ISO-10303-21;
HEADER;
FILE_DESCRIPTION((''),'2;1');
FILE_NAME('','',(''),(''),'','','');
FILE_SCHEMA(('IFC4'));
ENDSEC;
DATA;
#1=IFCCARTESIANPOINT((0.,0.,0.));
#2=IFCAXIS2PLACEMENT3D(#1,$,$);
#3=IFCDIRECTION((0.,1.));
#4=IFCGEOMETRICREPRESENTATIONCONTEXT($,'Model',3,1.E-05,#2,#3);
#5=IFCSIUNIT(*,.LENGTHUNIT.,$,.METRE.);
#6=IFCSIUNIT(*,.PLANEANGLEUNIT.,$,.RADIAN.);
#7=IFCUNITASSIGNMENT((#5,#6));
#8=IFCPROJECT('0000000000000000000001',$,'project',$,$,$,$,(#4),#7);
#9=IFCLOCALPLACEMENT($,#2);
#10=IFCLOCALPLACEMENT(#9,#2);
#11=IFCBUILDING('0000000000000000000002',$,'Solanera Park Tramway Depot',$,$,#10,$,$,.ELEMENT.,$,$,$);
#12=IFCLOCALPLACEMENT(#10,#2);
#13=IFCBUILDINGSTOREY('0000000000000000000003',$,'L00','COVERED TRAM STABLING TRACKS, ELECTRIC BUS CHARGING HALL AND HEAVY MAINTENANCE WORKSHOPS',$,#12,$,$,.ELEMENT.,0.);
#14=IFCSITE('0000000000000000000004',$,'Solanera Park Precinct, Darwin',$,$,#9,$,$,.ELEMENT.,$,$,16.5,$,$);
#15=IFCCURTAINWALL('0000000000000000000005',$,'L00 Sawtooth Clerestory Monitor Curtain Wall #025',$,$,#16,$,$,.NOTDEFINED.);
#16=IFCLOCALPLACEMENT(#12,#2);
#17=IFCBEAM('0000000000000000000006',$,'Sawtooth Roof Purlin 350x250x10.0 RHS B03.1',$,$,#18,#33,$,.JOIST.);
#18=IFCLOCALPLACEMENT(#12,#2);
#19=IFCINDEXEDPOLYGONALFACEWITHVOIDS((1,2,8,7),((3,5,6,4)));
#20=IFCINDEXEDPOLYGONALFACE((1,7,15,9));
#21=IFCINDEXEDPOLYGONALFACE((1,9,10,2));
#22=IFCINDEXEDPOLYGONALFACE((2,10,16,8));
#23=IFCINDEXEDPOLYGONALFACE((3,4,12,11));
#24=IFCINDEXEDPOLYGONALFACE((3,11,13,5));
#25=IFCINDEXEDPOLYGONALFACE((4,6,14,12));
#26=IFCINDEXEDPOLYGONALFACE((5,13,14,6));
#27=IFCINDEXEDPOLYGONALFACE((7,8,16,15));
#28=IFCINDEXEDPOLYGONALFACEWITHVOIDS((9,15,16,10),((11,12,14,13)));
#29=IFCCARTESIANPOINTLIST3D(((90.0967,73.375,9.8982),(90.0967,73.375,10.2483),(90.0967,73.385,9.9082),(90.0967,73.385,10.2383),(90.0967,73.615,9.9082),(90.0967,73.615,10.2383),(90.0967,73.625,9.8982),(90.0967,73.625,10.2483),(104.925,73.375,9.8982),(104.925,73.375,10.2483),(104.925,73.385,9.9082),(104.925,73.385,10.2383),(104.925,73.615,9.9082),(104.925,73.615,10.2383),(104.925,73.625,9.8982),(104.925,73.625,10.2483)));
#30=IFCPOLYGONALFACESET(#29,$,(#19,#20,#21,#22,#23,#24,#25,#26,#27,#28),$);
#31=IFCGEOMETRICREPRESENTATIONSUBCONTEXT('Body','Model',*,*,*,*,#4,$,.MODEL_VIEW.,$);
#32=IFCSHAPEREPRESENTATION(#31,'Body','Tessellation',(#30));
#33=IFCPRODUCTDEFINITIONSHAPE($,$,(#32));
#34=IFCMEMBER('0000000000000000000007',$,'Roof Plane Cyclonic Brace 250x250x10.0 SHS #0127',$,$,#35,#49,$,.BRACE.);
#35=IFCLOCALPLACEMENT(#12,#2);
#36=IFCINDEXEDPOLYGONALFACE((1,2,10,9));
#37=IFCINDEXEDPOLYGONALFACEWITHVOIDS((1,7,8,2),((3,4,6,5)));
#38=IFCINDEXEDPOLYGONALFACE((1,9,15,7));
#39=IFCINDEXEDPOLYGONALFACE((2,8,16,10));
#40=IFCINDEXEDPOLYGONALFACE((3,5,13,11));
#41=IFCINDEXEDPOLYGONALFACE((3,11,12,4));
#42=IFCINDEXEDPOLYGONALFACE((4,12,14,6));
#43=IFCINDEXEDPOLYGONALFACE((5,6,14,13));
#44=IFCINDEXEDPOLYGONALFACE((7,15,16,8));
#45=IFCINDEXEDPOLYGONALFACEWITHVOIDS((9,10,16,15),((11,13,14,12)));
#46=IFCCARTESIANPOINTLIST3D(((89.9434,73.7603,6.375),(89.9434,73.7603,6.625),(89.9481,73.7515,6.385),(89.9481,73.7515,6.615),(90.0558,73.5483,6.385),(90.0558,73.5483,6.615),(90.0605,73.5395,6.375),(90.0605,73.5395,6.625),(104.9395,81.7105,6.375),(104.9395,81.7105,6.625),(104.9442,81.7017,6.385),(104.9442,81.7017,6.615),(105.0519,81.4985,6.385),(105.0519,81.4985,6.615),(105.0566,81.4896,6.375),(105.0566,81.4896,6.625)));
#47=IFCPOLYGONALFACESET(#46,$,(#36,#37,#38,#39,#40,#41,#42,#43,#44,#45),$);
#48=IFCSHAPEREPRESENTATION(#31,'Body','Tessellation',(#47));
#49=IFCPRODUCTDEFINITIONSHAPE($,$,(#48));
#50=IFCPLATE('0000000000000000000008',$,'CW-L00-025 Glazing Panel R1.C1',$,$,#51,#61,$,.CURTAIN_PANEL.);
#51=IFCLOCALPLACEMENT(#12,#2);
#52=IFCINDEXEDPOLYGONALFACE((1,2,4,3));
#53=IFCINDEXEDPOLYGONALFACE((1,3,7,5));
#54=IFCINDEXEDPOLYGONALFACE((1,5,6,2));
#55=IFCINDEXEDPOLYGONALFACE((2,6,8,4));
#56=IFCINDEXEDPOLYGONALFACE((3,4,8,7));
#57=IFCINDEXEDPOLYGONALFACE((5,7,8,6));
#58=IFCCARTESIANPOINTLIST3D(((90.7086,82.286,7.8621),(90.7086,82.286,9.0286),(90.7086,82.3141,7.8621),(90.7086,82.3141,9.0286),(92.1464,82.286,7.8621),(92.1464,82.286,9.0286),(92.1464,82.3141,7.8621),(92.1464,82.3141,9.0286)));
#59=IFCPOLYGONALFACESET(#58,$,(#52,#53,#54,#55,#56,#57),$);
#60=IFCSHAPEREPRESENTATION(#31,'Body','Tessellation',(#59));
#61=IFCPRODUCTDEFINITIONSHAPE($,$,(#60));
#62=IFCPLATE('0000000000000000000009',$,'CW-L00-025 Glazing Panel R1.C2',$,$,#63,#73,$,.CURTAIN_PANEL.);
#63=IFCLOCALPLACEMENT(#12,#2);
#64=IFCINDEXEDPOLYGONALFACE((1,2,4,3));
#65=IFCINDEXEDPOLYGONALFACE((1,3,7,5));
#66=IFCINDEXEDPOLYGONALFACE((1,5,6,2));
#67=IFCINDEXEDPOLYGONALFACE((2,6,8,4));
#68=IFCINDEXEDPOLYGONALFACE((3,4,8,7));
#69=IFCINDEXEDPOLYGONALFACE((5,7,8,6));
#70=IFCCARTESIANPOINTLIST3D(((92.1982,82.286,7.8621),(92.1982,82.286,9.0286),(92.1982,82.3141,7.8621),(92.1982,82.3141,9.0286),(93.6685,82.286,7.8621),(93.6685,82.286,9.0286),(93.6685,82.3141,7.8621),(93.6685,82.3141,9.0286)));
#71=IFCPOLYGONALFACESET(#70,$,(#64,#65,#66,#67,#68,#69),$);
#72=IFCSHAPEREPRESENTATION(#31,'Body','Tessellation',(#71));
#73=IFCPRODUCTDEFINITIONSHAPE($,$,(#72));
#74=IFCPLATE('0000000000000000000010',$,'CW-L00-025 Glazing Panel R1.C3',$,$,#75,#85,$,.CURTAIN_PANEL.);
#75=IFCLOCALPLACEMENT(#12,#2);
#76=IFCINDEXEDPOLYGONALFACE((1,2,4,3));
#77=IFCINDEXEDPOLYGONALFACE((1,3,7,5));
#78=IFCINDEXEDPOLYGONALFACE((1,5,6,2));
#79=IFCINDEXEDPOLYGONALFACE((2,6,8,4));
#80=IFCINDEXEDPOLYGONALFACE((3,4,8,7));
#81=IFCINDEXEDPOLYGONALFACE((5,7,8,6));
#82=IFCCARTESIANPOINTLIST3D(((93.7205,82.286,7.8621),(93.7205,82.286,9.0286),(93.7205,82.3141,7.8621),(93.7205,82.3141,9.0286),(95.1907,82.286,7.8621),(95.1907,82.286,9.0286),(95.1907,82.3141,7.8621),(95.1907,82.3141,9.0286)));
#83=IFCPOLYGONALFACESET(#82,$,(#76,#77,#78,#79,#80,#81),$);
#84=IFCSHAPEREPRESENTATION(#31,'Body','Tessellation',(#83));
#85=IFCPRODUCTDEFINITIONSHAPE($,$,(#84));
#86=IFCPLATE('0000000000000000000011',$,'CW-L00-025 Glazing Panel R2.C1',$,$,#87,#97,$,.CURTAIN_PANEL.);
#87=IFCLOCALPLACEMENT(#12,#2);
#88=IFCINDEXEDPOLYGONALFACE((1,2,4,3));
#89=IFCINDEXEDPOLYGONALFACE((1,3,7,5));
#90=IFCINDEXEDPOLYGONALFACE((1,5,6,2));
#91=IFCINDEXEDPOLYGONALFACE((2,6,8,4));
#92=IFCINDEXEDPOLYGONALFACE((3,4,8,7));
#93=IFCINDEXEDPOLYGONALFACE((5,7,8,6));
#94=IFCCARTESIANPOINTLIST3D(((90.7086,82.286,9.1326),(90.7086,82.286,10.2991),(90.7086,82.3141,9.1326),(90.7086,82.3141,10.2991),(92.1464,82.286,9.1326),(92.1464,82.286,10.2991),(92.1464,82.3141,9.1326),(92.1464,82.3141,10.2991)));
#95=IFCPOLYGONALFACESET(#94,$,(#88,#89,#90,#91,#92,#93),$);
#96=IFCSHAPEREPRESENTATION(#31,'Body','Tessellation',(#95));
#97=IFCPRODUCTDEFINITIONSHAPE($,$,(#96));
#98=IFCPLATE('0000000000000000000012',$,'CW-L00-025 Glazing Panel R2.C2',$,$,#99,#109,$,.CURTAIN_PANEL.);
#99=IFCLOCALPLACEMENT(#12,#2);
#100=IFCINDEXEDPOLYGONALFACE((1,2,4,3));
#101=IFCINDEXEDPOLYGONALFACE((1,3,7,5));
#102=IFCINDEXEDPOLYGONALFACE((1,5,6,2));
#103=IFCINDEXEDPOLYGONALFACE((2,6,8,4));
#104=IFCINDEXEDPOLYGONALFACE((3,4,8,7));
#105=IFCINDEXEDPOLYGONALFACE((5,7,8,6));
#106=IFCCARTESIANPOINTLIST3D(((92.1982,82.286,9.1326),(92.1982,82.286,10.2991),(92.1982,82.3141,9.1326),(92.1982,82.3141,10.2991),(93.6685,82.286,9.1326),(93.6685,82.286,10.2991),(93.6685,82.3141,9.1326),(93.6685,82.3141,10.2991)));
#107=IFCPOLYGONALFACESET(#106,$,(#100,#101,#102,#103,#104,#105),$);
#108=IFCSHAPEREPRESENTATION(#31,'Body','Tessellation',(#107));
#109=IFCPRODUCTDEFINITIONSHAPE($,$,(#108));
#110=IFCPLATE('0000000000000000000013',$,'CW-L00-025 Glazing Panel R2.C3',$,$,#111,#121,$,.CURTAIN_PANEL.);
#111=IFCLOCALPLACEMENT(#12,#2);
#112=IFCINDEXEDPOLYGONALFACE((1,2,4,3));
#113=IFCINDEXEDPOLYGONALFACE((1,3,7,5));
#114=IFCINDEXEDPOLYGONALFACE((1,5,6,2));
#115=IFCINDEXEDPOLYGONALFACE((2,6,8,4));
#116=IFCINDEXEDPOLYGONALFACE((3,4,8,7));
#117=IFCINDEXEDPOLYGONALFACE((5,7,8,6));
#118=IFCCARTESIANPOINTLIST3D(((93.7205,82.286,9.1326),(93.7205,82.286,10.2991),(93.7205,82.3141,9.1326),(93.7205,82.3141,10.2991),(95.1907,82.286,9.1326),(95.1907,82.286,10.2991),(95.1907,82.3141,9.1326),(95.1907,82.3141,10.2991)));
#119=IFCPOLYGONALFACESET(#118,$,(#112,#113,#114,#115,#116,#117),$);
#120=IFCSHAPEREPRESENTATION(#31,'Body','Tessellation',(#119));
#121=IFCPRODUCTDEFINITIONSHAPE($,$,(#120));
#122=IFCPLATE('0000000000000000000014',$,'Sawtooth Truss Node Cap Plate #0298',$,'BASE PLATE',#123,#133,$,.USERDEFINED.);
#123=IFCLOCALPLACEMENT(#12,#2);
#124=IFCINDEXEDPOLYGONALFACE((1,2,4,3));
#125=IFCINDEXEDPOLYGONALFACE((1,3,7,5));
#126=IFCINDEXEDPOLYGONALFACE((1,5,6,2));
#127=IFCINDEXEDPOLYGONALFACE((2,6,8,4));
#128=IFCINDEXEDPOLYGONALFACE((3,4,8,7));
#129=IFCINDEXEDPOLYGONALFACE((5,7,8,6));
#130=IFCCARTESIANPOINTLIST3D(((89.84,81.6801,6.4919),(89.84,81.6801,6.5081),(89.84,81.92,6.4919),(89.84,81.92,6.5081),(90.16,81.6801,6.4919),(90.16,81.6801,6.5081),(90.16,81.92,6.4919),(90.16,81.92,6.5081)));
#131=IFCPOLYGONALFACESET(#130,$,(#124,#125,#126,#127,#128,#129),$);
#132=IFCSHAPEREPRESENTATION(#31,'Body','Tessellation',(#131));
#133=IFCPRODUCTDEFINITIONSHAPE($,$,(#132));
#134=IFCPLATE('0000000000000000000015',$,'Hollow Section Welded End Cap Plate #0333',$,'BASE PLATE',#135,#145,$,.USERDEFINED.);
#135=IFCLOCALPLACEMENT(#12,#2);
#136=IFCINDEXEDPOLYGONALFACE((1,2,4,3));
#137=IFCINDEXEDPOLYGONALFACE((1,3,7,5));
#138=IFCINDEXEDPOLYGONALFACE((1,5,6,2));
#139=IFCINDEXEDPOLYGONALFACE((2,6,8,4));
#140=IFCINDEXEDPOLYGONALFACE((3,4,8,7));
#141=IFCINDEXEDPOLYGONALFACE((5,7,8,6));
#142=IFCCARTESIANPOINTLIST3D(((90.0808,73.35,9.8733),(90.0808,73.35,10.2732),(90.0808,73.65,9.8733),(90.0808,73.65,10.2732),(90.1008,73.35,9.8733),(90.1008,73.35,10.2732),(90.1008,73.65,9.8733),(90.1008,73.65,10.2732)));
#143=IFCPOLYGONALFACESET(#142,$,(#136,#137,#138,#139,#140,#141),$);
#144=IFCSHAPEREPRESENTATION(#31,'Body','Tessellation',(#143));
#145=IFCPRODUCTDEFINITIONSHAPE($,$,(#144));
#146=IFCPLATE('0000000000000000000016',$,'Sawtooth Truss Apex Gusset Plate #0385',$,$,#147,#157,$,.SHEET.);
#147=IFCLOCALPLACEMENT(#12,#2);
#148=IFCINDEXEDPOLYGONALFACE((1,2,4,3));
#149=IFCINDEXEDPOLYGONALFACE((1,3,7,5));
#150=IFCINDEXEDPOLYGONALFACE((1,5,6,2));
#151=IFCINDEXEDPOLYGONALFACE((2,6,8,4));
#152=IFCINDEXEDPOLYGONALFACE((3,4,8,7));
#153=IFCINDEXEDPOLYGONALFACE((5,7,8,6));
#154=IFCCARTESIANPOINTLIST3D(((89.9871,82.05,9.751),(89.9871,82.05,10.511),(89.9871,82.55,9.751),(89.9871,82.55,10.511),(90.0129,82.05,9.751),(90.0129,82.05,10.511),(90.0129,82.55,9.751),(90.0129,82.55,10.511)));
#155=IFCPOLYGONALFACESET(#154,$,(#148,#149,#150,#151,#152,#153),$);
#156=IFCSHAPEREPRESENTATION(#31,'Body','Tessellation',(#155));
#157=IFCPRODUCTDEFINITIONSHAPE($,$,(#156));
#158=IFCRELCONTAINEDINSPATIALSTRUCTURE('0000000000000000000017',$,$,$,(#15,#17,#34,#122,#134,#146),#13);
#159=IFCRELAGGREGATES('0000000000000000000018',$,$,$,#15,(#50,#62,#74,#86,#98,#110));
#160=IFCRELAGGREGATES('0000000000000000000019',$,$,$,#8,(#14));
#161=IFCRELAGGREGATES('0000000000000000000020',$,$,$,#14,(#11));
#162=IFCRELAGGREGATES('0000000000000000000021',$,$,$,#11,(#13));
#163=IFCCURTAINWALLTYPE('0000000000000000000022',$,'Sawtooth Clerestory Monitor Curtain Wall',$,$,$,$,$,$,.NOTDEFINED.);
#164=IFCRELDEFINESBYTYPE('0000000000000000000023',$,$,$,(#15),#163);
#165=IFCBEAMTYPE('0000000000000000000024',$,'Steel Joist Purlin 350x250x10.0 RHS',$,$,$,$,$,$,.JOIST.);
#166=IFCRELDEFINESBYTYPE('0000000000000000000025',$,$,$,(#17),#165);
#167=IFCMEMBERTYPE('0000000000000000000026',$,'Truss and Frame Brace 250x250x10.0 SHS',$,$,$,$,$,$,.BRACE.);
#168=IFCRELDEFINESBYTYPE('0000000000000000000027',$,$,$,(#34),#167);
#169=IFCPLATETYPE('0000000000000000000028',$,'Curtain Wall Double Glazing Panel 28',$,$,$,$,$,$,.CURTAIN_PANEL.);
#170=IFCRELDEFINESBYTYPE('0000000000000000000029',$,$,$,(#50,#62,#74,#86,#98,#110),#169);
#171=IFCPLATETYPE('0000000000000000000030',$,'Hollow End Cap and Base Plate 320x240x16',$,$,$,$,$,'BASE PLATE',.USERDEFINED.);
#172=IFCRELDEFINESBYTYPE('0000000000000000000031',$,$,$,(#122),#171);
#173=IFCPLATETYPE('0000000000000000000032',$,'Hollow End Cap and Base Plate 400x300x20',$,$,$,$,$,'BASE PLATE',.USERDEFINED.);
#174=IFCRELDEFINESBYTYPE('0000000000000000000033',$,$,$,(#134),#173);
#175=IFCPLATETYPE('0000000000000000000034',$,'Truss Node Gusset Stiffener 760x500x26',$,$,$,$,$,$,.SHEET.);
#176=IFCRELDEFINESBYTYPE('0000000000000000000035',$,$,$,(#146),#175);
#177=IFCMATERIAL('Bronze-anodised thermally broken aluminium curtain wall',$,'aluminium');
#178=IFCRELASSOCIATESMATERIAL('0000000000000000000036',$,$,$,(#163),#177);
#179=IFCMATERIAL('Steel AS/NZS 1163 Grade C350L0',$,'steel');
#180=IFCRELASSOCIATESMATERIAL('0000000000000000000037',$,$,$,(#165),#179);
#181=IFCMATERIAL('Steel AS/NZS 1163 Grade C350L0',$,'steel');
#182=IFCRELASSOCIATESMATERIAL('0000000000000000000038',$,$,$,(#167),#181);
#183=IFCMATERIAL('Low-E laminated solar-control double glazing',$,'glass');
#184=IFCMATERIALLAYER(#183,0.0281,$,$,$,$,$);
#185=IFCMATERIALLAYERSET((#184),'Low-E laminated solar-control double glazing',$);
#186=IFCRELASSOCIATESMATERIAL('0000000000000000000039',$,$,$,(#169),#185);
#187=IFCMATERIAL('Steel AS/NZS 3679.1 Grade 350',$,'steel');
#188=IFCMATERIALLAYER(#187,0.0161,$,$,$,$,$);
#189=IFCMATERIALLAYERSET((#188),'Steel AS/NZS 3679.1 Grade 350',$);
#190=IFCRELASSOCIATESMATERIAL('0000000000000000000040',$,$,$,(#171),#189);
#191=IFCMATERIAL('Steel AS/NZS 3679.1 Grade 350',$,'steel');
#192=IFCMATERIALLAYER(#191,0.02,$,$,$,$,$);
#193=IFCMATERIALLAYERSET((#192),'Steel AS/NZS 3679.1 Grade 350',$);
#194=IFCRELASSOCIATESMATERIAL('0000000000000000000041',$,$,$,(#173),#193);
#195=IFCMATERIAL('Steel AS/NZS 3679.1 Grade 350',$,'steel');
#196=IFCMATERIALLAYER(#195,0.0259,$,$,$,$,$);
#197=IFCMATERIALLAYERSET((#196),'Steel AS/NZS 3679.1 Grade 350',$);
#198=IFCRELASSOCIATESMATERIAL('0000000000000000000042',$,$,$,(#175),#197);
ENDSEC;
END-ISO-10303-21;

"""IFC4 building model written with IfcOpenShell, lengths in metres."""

from ifc_helpers import new_model, si_unit, direction, frame, origin, origin_2d, place, context, subcontext, project, spatial, rectangle, hollow_rectangle, extrude, material, layer, layer_set, material_profile, profile_set, type_object, element, aggregate, save


model = new_model("IFC4")

# Units and contexts
model_context = context("Model", 3, precision=1e-05, world=origin(), true_north=direction((0.0, 1.0)))
body_context = subcontext(model_context, "Body", "Model", "MODEL_VIEW")
ifc_project = project(units=[si_unit("LENGTHUNIT", "METRE"), si_unit("PLANEANGLEUNIT", "RADIAN")], contexts=[model_context])

# Site, building, storey
site_placement = place(None, origin())
site = spatial("IfcSite", under=ifc_project, at=site_placement, Name="Solanera Park Precinct, Darwin", CompositionType="ELEMENT", RefElevation=16.5)
building_placement = place(site_placement, origin())
building = spatial("IfcBuilding", under=site, at=building_placement, Name="Solanera Park Tramway Depot", CompositionType="ELEMENT")
storey_placement = place(building_placement, origin())
storey = spatial("IfcBuildingStorey", under=building, at=storey_placement, Name="L00", Description="COVERED TRAM STABLING TRACKS, ELECTRIC BUS CHARGING HALL AND HEAVY MAINTENANCE WORKSHOPS", CompositionType="ELEMENT", Elevation=0.0)

# Curtain wall
ifc_material_1 = material(Name="Bronze-anodised thermally broken aluminium curtain wall", Category="aluminium")
curtain_wall_type = type_object("IfcCurtainWallType", Name="Sawtooth Clerestory Monitor Curtain Wall", PredefinedType="NOTDEFINED", material=ifc_material_1)
curtain_wall_1_placement = place(storey_placement, origin())
curtain_wall_1 = element("IfcCurtainWall", 1, at=curtain_wall_1_placement, inside=storey, type_object=curtain_wall_type, Name="L00 Sawtooth Clerestory Monitor Curtain Wall #025", PredefinedType="NOTDEFINED")

# Beam
ifc_material_2 = material(Name="Steel AS/NZS 1163 Grade C350L0", Category="steel")
ifc_material_profile_1 = material_profile(ifc_material_2, hollow_rectangle(XDim=0.25, YDim=0.3501, WallThickness=0.01, at=origin_2d()), Name="350x250x10.0 RHS")
ifc_profile_set_1 = profile_set([ifc_material_profile_1], Name="Steel AS/NZS 1163 Grade C350L0")
beam_type_1 = type_object("IfcBeamType", Name="Steel Joist Purlin 350x250x10.0 RHS", PredefinedType="JOIST", material=ifc_profile_set_1)
beam_1_placement = place(storey_placement, frame((90.0967, 73.5, 10.0732), z_axis=(1.0, 0.0, 0.0), x_axis=(0.0, 1.0, 0.0)))
element("IfcBeam", 2, at=beam_1_placement, inside=storey, type_object=beam_type_1, Name="Sawtooth Roof Purlin 350x250x10.0 RHS B03.1", PredefinedType="JOIST", context=body_context, shape_type="SweptSolid", body=[
    extrude(hollow_rectangle(XDim=0.25, YDim=0.3501, WallThickness=0.01, at=origin_2d()), origin(), (0.0, 0.0, 1.0), 14.8284),
])

# Member
ifc_material_3 = material(Name="Steel AS/NZS 1163 Grade C350L0", Category="steel")
ifc_material_profile_2 = material_profile(ifc_material_3, hollow_rectangle(XDim=0.25, YDim=0.25, WallThickness=0.01, at=origin_2d()), Name="250x250x10.0 SHS")
ifc_profile_set_2 = profile_set([ifc_material_profile_2], Name="Steel AS/NZS 1163 Grade C350L0")
member_type_1 = type_object("IfcMemberType", Name="Truss and Frame Brace 250x250x10.0 SHS", PredefinedType="BRACE", material=ifc_profile_set_2)
member_1_placement = place(storey_placement, frame((90.002, 73.6499, 6.5), z_axis=(0.883518, 0.468398, 0.0), x_axis=(-0.468398, 0.883518, 0.0)))
element("IfcMember", 3, at=member_1_placement, inside=storey, type_object=member_type_1, Name="Roof Plane Cyclonic Brace 250x250x10.0 SHS #0127", PredefinedType="BRACE", context=body_context, shape_type="SweptSolid", body=[
    extrude(hollow_rectangle(XDim=0.25, YDim=0.25, WallThickness=0.01, at=origin_2d()), origin(), (0.0, 0.0, 1.0), 16.9731),
])

# Plates
ifc_material_4 = material(Name="Low-E laminated solar-control double glazing", Category="glass")
ifc_layer_1 = layer(ifc_material_4, 0.0281)
ifc_layer_set_1 = layer_set([ifc_layer_1], Name="Low-E laminated solar-control double glazing")
plate_type_1 = type_object("IfcPlateType", Name="Curtain Wall Double Glazing Panel 28", PredefinedType="CURTAIN_PANEL", material=ifc_layer_set_1)
plate_1_placement = place(storey_placement, frame((91.4275, 82.3, 7.8621), z_axis=(0.0, 0.0, 1.0), x_axis=(1.0, 0.0, 0.0)))
plate_1 = element("IfcPlate", 4, at=plate_1_placement, type_object=plate_type_1, Name="CW-L00-025 Glazing Panel R1.C1", PredefinedType="CURTAIN_PANEL", context=body_context, shape_type="SweptSolid", body=[
    extrude(rectangle(XDim=1.4377, YDim=0.0281, at=origin_2d()), origin(), (0.0, 0.0, 1.0), 1.1665),
])
plate_2_placement = place(storey_placement, frame((92.9333, 82.3, 7.8621), z_axis=(0.0, 0.0, 1.0), x_axis=(1.0, 0.0, 0.0)))
plate_2 = element("IfcPlate", 5, at=plate_2_placement, type_object=plate_type_1, Name="CW-L00-025 Glazing Panel R1.C2", PredefinedType="CURTAIN_PANEL", context=body_context, shape_type="SweptSolid", body=[
    extrude(rectangle(XDim=1.4702, YDim=0.0281, at=origin_2d()), origin(), (0.0, 0.0, 1.0), 1.1665),
])
plate_3_placement = place(storey_placement, frame((94.4556, 82.3, 7.8621), z_axis=(0.0, 0.0, 1.0), x_axis=(1.0, 0.0, 0.0)))
plate_3 = element("IfcPlate", 6, at=plate_3_placement, type_object=plate_type_1, Name="CW-L00-025 Glazing Panel R1.C3", PredefinedType="CURTAIN_PANEL", context=body_context, shape_type="SweptSolid", body=[
    extrude(rectangle(XDim=1.4702, YDim=0.0281, at=origin_2d()), origin(), (0.0, 0.0, 1.0), 1.1665),
])
plate_4_placement = place(storey_placement, frame((91.4275, 82.3, 9.1326), z_axis=(0.0, 0.0, 1.0), x_axis=(1.0, 0.0, 0.0)))
plate_4 = element("IfcPlate", 7, at=plate_4_placement, type_object=plate_type_1, Name="CW-L00-025 Glazing Panel R2.C1", PredefinedType="CURTAIN_PANEL", context=body_context, shape_type="SweptSolid", body=[
    extrude(rectangle(XDim=1.4377, YDim=0.0281, at=origin_2d()), origin(), (0.0, 0.0, 1.0), 1.1665),
])
plate_5_placement = place(storey_placement, frame((92.9333, 82.3, 9.1326), z_axis=(0.0, 0.0, 1.0), x_axis=(1.0, 0.0, 0.0)))
plate_5 = element("IfcPlate", 8, at=plate_5_placement, type_object=plate_type_1, Name="CW-L00-025 Glazing Panel R2.C2", PredefinedType="CURTAIN_PANEL", context=body_context, shape_type="SweptSolid", body=[
    extrude(rectangle(XDim=1.4702, YDim=0.0281, at=origin_2d()), origin(), (0.0, 0.0, 1.0), 1.1665),
])
plate_6_placement = place(storey_placement, frame((94.4556, 82.3, 9.1326), z_axis=(0.0, 0.0, 1.0), x_axis=(1.0, 0.0, 0.0)))
plate_6 = element("IfcPlate", 9, at=plate_6_placement, type_object=plate_type_1, Name="CW-L00-025 Glazing Panel R2.C3", PredefinedType="CURTAIN_PANEL", context=body_context, shape_type="SweptSolid", body=[
    extrude(rectangle(XDim=1.4702, YDim=0.0281, at=origin_2d()), origin(), (0.0, 0.0, 1.0), 1.1665),
])
aggregate(curtain_wall_1, [plate_1, plate_2, plate_3, plate_4, plate_5, plate_6])

# Plates
ifc_material_5 = material(Name="Steel AS/NZS 3679.1 Grade 350", Category="steel")
ifc_layer_2 = layer(ifc_material_5, 0.0161)
ifc_layer_set_2 = layer_set([ifc_layer_2], Name="Steel AS/NZS 3679.1 Grade 350")
plate_type_2 = type_object("IfcPlateType", Name="Hollow End Cap and Base Plate 320x240x16", ElementType="BASE PLATE", PredefinedType="USERDEFINED", material=ifc_layer_set_2)
plate_7_placement = place(storey_placement, frame((90.0, 81.8, 6.4919), z_axis=(0.0, 0.0, 1.0), x_axis=(1.0, 0.0, 0.0)))
element("IfcPlate", 10, at=plate_7_placement, inside=storey, type_object=plate_type_2, Name="Sawtooth Truss Node Cap Plate #0298", ObjectType="BASE PLATE", PredefinedType="USERDEFINED", context=body_context, shape_type="SweptSolid", body=[
    extrude(rectangle(XDim=0.3201, YDim=0.24, at=origin_2d()), origin(), (0.0, 0.0, 1.0), 0.0161),
])
ifc_material_6 = material(Name="Steel AS/NZS 3679.1 Grade 350", Category="steel")
ifc_layer_3 = layer(ifc_material_6, 0.02)
ifc_layer_set_3 = layer_set([ifc_layer_3], Name="Steel AS/NZS 3679.1 Grade 350")
plate_type_3 = type_object("IfcPlateType", Name="Hollow End Cap and Base Plate 400x300x20", ElementType="BASE PLATE", PredefinedType="USERDEFINED", material=ifc_layer_set_3)
plate_8_placement = place(storey_placement, frame((90.0908, 73.5, 9.8733), z_axis=(0.0, 0.0, 1.0), x_axis=(1.0, 0.0, 0.0)))
element("IfcPlate", 11, at=plate_8_placement, inside=storey, type_object=plate_type_3, Name="Hollow Section Welded End Cap Plate #0333", ObjectType="BASE PLATE", PredefinedType="USERDEFINED", context=body_context, shape_type="SweptSolid", body=[
    extrude(rectangle(XDim=0.02, YDim=0.3, at=origin_2d()), origin(), (0.0, 0.0, 1.0), 0.3999),
])
ifc_material_7 = material(Name="Steel AS/NZS 3679.1 Grade 350", Category="steel")
ifc_layer_4 = layer(ifc_material_7, 0.0259)
ifc_layer_set_4 = layer_set([ifc_layer_4], Name="Steel AS/NZS 3679.1 Grade 350")
plate_type_4 = type_object("IfcPlateType", Name="Truss Node Gusset Stiffener 760x500x26", PredefinedType="SHEET", material=ifc_layer_set_4)
plate_9_placement = place(storey_placement, frame((90.0, 82.3, 9.751), z_axis=(0.0, 0.0, 1.0), x_axis=(1.0, 0.0, 0.0)))
element("IfcPlate", 12, at=plate_9_placement, inside=storey, type_object=plate_type_4, Name="Sawtooth Truss Apex Gusset Plate #0385", PredefinedType="SHEET", context=body_context, shape_type="SweptSolid", body=[
    extrude(rectangle(XDim=0.0259, YDim=0.5, at=origin_2d()), origin(), (0.0, 0.0, 1.0), 0.76),
])

save(model, "model.ifc")
